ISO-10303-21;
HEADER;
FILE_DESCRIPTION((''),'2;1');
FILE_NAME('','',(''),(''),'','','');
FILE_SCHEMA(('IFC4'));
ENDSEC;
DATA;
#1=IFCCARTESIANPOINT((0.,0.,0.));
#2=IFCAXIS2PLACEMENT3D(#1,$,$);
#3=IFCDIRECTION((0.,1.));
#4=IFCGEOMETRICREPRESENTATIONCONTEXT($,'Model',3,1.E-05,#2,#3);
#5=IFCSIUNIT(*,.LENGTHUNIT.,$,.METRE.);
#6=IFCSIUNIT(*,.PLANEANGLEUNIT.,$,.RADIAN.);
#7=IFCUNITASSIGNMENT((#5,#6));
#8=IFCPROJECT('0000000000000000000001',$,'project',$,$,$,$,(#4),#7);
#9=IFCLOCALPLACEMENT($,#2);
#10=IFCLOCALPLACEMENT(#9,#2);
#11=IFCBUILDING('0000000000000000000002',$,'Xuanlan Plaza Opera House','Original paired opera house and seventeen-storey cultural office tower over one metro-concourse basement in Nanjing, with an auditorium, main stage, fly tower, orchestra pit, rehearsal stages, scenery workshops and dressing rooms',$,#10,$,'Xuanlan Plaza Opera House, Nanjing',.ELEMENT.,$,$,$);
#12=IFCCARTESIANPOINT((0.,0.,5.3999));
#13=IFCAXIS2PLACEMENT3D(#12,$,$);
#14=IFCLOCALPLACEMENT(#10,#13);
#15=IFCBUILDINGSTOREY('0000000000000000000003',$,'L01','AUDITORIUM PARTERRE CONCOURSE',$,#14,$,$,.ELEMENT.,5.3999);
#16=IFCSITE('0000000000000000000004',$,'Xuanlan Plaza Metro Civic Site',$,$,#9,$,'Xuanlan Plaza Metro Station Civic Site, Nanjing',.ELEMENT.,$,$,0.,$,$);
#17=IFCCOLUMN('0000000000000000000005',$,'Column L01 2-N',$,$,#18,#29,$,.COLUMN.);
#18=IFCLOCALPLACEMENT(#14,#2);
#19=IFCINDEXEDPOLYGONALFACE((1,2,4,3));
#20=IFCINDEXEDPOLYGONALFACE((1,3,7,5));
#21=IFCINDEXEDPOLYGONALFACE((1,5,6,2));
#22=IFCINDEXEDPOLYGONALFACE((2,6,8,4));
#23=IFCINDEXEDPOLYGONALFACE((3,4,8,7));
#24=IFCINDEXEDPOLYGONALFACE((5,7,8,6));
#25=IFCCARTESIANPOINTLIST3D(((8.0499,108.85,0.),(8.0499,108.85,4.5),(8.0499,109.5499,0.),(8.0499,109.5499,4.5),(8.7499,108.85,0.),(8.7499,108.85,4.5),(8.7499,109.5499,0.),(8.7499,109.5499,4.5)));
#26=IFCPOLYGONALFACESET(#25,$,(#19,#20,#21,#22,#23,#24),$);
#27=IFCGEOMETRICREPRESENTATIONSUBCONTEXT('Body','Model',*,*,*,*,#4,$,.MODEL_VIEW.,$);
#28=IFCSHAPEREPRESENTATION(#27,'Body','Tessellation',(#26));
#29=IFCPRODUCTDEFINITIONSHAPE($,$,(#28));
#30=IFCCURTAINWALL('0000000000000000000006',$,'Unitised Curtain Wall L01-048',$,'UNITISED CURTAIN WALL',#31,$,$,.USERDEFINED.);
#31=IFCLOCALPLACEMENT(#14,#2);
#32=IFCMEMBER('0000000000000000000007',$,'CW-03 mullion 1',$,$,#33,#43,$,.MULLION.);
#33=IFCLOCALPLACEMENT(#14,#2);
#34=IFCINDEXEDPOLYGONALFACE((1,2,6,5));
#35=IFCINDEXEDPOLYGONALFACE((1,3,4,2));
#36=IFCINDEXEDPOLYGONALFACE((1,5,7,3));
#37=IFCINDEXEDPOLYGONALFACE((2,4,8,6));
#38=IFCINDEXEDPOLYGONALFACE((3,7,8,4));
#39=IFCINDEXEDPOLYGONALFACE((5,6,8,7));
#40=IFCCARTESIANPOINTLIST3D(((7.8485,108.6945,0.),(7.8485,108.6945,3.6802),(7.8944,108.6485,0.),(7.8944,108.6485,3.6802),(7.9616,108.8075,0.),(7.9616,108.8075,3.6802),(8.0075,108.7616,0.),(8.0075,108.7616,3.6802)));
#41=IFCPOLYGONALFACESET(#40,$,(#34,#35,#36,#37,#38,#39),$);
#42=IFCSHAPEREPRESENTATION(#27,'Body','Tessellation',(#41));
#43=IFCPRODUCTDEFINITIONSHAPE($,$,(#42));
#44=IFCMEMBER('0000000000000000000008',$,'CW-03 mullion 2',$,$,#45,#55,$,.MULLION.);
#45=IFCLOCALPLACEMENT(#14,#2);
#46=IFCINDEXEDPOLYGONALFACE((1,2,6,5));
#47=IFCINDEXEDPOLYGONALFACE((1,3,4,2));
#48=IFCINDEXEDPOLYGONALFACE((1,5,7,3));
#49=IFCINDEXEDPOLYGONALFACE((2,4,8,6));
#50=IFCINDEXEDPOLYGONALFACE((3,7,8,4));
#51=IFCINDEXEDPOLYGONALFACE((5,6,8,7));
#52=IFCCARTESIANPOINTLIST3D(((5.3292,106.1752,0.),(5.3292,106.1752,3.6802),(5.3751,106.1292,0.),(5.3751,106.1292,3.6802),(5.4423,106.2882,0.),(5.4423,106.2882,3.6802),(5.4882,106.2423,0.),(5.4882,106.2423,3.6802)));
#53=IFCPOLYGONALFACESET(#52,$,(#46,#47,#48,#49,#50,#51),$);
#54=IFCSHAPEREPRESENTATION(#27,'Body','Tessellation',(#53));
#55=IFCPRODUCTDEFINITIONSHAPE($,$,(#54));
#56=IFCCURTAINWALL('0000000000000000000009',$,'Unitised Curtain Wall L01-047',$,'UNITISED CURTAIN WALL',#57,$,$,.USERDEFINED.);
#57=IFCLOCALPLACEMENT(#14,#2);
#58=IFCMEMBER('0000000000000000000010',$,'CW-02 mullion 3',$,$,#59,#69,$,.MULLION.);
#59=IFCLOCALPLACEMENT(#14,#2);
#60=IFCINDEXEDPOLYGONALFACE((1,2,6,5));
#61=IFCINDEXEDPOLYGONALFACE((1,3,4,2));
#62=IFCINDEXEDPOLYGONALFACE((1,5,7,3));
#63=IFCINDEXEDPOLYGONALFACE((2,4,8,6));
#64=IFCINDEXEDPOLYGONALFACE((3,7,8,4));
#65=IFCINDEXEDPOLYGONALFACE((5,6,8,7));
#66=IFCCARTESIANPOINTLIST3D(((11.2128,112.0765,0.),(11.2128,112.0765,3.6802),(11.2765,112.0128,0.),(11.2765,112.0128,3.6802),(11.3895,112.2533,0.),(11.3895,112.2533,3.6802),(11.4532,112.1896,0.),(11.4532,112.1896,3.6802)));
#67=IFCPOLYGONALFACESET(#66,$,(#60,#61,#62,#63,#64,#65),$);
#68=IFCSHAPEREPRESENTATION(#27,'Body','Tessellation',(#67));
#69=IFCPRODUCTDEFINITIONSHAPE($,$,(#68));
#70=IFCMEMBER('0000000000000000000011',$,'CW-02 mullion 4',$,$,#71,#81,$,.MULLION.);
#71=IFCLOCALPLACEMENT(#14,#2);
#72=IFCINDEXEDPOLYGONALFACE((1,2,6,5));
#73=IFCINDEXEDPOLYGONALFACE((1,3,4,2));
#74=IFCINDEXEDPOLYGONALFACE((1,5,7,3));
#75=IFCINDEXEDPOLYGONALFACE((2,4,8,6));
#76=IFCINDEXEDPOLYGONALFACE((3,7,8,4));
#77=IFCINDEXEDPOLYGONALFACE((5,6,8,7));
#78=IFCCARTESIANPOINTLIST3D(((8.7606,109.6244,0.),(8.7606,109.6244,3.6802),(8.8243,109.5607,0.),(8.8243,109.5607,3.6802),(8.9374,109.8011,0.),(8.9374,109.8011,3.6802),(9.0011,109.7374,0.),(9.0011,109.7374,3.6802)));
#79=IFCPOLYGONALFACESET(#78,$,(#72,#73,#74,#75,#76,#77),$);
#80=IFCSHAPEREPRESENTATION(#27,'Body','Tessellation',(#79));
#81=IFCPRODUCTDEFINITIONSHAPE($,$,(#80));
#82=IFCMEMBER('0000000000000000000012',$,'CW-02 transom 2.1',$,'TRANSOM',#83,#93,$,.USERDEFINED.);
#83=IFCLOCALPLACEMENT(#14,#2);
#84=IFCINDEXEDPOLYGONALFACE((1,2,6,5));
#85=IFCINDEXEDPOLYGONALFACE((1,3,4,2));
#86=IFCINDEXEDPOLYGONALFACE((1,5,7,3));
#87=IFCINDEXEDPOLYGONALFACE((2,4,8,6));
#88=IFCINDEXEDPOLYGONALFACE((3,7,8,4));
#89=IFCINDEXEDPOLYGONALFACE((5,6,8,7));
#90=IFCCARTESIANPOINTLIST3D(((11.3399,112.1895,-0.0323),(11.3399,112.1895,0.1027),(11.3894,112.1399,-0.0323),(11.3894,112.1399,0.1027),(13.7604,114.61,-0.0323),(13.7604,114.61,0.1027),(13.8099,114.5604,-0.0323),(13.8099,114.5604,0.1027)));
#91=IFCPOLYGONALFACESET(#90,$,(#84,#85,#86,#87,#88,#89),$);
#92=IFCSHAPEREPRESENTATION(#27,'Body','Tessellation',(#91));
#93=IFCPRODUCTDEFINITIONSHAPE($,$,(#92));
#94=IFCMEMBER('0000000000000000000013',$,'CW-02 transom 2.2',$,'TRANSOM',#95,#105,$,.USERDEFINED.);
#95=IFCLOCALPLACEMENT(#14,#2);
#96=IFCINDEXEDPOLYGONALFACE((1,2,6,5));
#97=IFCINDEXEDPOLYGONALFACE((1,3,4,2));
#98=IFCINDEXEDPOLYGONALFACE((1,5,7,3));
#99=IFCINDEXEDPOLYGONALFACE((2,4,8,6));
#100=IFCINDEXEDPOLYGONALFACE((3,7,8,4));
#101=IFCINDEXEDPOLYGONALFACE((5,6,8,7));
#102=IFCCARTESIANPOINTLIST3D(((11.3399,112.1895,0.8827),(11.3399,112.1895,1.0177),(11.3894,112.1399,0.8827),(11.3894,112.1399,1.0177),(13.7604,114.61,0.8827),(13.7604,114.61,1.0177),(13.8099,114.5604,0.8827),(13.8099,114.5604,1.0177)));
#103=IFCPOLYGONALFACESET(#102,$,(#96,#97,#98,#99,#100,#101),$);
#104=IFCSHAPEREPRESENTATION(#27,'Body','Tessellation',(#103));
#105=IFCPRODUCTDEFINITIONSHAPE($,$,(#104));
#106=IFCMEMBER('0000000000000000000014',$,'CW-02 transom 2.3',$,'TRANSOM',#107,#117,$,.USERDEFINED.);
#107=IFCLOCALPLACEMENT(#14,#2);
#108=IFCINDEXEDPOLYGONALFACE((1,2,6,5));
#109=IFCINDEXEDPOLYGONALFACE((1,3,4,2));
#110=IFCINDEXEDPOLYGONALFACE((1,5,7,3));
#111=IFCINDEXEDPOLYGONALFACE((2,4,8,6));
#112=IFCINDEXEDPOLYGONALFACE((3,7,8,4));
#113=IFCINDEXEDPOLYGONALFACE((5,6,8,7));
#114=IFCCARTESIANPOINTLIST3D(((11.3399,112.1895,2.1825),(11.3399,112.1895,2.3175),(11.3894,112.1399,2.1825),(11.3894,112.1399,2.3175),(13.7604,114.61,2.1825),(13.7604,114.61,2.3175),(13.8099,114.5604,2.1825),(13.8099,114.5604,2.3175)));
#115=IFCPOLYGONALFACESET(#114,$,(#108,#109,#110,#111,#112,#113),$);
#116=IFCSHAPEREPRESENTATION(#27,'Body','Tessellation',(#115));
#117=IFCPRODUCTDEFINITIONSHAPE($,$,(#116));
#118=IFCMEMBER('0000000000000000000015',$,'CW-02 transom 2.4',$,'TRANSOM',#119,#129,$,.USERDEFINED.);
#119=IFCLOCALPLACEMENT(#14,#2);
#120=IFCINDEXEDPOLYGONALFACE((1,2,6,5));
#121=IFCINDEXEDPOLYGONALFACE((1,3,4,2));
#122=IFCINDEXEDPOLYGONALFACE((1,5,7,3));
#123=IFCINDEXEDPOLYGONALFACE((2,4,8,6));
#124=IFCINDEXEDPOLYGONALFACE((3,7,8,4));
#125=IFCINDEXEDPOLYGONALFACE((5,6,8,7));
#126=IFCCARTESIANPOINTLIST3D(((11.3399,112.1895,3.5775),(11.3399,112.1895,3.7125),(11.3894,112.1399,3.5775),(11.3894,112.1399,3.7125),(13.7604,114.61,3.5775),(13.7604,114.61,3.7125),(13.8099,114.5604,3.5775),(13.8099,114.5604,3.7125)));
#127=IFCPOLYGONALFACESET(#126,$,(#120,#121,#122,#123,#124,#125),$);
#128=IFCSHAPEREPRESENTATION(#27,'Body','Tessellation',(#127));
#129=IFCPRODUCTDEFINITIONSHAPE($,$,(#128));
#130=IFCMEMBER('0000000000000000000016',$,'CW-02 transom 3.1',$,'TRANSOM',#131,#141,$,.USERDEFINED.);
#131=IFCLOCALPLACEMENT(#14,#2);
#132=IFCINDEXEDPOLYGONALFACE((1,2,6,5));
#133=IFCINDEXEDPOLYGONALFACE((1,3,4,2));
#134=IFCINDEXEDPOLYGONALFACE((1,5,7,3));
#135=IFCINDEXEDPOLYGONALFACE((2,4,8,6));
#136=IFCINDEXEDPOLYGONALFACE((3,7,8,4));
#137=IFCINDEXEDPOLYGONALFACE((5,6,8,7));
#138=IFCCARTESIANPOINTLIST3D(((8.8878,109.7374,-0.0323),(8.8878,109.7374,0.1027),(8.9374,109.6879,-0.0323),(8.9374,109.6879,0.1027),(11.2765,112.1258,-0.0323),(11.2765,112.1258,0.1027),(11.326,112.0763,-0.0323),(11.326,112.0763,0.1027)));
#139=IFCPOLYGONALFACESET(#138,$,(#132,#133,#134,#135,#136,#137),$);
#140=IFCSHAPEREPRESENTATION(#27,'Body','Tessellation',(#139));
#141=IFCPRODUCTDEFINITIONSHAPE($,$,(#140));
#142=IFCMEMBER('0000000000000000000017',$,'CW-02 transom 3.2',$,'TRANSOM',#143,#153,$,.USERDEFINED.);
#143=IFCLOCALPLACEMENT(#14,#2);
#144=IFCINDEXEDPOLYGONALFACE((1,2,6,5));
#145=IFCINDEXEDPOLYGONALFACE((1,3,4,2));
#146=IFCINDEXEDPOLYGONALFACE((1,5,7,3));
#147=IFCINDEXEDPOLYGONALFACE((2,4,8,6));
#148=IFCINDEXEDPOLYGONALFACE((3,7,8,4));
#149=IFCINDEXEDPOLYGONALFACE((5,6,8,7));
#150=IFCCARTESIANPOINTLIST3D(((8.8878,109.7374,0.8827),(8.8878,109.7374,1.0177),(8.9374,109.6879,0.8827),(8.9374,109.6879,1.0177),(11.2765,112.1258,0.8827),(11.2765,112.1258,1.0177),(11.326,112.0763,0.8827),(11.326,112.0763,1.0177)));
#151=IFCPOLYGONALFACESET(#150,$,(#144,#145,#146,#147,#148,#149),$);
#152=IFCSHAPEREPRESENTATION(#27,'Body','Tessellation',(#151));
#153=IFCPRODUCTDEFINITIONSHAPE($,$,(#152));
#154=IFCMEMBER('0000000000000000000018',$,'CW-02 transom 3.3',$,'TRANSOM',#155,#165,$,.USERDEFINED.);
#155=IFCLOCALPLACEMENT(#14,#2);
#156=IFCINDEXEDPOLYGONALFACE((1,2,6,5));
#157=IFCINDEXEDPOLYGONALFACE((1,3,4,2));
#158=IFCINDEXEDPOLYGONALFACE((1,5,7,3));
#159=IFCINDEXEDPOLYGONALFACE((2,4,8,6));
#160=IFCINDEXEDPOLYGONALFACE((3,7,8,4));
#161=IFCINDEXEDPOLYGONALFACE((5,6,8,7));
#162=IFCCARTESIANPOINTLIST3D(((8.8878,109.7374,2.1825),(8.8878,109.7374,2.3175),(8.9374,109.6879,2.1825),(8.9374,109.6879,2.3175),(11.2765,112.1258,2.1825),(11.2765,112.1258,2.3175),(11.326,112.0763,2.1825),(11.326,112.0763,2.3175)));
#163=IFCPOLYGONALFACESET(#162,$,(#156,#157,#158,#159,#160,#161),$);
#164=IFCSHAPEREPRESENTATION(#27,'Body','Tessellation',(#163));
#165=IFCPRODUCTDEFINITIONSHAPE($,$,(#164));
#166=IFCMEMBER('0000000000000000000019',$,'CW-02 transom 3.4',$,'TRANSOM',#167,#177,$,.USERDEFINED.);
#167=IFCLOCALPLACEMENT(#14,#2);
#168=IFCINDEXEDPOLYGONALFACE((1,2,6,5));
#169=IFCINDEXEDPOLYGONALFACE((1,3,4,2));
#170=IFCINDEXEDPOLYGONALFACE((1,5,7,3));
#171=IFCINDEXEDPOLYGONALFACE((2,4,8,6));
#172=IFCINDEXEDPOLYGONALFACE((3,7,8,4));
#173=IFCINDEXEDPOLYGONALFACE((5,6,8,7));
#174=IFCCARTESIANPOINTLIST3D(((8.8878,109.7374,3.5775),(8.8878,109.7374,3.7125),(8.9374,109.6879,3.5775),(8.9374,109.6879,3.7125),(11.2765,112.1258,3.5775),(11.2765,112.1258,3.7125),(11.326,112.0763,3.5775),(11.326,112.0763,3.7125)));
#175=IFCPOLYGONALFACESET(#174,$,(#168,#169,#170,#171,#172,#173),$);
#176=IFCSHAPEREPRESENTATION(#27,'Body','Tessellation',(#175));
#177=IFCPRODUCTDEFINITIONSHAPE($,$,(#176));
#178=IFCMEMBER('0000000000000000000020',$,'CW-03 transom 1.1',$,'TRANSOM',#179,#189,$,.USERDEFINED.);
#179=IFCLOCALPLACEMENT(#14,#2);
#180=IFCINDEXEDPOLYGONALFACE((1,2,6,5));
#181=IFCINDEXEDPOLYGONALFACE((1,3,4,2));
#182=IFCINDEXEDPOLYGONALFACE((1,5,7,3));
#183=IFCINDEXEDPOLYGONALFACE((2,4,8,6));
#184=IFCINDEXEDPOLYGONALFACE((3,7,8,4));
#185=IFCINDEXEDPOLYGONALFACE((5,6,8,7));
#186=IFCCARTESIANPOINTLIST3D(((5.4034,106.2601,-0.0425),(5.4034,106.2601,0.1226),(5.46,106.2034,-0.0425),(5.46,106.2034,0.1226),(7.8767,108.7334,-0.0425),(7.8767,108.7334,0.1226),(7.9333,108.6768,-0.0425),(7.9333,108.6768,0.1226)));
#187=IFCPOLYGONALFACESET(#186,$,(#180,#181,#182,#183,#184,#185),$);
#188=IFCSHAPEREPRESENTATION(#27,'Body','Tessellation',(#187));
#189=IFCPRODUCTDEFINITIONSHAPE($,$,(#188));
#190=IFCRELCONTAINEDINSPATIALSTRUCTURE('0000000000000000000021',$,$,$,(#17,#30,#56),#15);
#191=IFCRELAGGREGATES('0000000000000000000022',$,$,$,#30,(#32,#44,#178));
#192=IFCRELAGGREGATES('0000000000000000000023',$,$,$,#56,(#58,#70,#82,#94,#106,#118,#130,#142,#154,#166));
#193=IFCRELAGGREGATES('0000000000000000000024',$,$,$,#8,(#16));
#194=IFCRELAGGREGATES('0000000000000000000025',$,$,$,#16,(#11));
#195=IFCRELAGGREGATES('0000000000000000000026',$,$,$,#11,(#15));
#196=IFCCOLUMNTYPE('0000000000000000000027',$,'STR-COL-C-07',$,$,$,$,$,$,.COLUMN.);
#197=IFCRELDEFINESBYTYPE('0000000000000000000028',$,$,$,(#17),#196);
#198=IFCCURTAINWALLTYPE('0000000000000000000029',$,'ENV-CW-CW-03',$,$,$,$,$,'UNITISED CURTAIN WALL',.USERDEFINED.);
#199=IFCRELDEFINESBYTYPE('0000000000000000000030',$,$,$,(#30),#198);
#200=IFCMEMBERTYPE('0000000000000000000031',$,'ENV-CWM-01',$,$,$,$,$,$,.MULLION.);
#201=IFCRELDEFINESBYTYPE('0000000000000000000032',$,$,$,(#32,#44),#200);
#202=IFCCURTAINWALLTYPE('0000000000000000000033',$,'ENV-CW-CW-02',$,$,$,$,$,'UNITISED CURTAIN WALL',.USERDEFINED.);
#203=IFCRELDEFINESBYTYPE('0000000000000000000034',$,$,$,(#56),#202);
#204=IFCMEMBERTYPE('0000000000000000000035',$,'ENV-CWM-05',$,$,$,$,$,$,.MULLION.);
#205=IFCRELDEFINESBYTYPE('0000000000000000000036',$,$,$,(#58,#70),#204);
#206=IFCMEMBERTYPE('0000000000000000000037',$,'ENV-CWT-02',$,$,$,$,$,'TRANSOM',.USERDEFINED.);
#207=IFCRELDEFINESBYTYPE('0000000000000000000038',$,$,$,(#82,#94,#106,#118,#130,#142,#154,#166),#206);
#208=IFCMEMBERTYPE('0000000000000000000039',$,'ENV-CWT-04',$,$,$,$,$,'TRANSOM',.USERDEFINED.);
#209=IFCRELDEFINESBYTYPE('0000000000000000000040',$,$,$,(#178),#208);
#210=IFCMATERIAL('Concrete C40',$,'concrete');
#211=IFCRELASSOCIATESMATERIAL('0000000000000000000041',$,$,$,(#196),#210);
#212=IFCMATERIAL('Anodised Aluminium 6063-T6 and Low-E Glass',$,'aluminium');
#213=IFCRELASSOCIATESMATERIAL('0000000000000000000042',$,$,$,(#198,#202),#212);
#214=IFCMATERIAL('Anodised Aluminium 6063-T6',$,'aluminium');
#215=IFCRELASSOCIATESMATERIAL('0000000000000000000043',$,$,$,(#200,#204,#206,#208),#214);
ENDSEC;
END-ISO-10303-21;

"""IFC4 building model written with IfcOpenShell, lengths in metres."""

from ifc_helpers import new_model, si_unit, direction, frame, origin, origin_2d, place, context, subcontext, project, spatial, rectangle, extrude, material, material_profile, profile_set, type_object, element, aggregate, save


model = new_model("IFC4")

# Units and contexts
model_context = context("Model", 3, precision=1e-05, world=origin(), true_north=direction((0.0, 1.0)))
body_context = subcontext(model_context, "Body", "Model", "MODEL_VIEW")
ifc_project = project(units=[si_unit("LENGTHUNIT", "METRE"), si_unit("PLANEANGLEUNIT", "RADIAN")], contexts=[model_context])

# Site, building, storey
site_placement = place(None, origin())
site = spatial("IfcSite", under=ifc_project, at=site_placement, Name="Xuanlan Plaza Metro Civic Site", LongName="Xuanlan Plaza Metro Station Civic Site, Nanjing", CompositionType="ELEMENT", RefElevation=0.0)
building_placement = place(site_placement, origin())
building = spatial("IfcBuilding", under=site, at=building_placement, Name="Xuanlan Plaza Opera House", Description="Original paired opera house and seventeen-storey cultural office tower over one metro-concourse basement in Nanjing, with an auditorium, main stage, fly tower, orchestra pit, rehearsal stages, scenery workshops and dressing rooms", LongName="Xuanlan Plaza Opera House, Nanjing", CompositionType="ELEMENT")
storey_placement = place(building_placement, frame((0.0, 0.0, 5.3999)))
storey = spatial("IfcBuildingStorey", under=building, at=storey_placement, Name="L01", Description="AUDITORIUM PARTERRE CONCOURSE", CompositionType="ELEMENT", Elevation=5.3999)

# Column
ifc_material_1 = material(Name="Concrete C40", Category="concrete")
ifc_material_profile_1 = material_profile(ifc_material_1, rectangle(XDim=0.7, YDim=0.7, at=origin_2d()), Name="RC-COL 700x700")
ifc_profile_set_1 = profile_set([ifc_material_profile_1], Name="Concrete C40")
column_type = type_object("IfcColumnType", Name="STR-COL-C-07", PredefinedType="COLUMN", material=ifc_profile_set_1)
column_placement = place(storey_placement, frame((8.3999, 109.2, 0.0), z_axis=(0.0, 0.0, 1.0), x_axis=(1.0, 0.0, 0.0)))
element("IfcColumn", 1, at=column_placement, inside=storey, type_object=column_type, Name="Column L01 2-N", PredefinedType="COLUMN", context=body_context, shape_type="SweptSolid", body=[
    extrude(rectangle(XDim=0.7, YDim=0.7, at=origin_2d()), origin(), (0.0, 0.0, 1.0), 4.5),
])

# Curtain walls, members
ifc_material_2 = material(Name="Anodised Aluminium 6063-T6 and Low-E Glass", Category="aluminium")
curtain_wall_type_1 = type_object("IfcCurtainWallType", Name="ENV-CW-CW-03", ElementType="UNITISED CURTAIN WALL", PredefinedType="USERDEFINED", material=ifc_material_2)
curtain_wall_1_placement = place(storey_placement, origin())
curtain_wall_1 = element("IfcCurtainWall", 2, at=curtain_wall_1_placement, inside=storey, type_object=curtain_wall_type_1, Name="Unitised Curtain Wall L01-048", ObjectType="UNITISED CURTAIN WALL", PredefinedType="USERDEFINED")
ifc_material_3 = material(Name="Anodised Aluminium 6063-T6", Category="aluminium")
ifc_material_profile_2 = material_profile(ifc_material_3, rectangle(XDim=0.0649, YDim=0.1599, at=origin_2d()), Name="ALU-M 65x160")
ifc_profile_set_2 = profile_set([ifc_material_profile_2], Name="Anodised Aluminium 6063-T6")
member_type_1 = type_object("IfcMemberType", Name="ENV-CWM-01", PredefinedType="MULLION", material=ifc_profile_set_2)
member_1_placement = place(storey_placement, frame((7.928, 108.728, 0.0), z_axis=(0.0, 0.0, 1.0), x_axis=(0.707107, -0.707107, 0.0)))
member_1 = element("IfcMember", 3, at=member_1_placement, type_object=member_type_1, Name="CW-03 mullion 1", PredefinedType="MULLION", context=body_context, shape_type="SweptSolid", body=[
    extrude(rectangle(XDim=0.0649, YDim=0.1599, at=origin_2d()), origin(), (0.0, 0.0, 1.0), 3.6802),
])
member_2_placement = place(storey_placement, frame((5.4087, 106.2087, 0.0), z_axis=(0.0, 0.0, 1.0), x_axis=(0.707107, -0.707107, 0.0)))
member_2 = element("IfcMember", 4, at=member_2_placement, type_object=member_type_1, Name="CW-03 mullion 2", PredefinedType="MULLION", context=body_context, shape_type="SweptSolid", body=[
    extrude(rectangle(XDim=0.0649, YDim=0.1599, at=origin_2d()), origin(), (0.0, 0.0, 1.0), 3.6802),
])
curtain_wall_type_2 = type_object("IfcCurtainWallType", Name="ENV-CW-CW-02", ElementType="UNITISED CURTAIN WALL", PredefinedType="USERDEFINED", material=ifc_material_2)
curtain_wall_2_placement = place(storey_placement, origin())
curtain_wall_2 = element("IfcCurtainWall", 5, at=curtain_wall_2_placement, inside=storey, type_object=curtain_wall_type_2, Name="Unitised Curtain Wall L01-047", ObjectType="UNITISED CURTAIN WALL", PredefinedType="USERDEFINED")
ifc_material_profile_3 = material_profile(ifc_material_3, rectangle(XDim=0.0901, YDim=0.25, at=origin_2d()), Name="ALU-M 90x250")
ifc_profile_set_3 = profile_set([ifc_material_profile_3], Name="Anodised Aluminium 6063-T6")
member_type_2 = type_object("IfcMemberType", Name="ENV-CWM-05", PredefinedType="MULLION", material=ifc_profile_set_3)
member_3_placement = place(storey_placement, frame((11.333, 112.1331, 0.0), z_axis=(0.0, 0.0, 1.0), x_axis=(0.707107, -0.707107, 0.0)))
member_3 = element("IfcMember", 6, at=member_3_placement, type_object=member_type_2, Name="CW-02 mullion 3", PredefinedType="MULLION", context=body_context, shape_type="SweptSolid", body=[
    extrude(rectangle(XDim=0.0901, YDim=0.25, at=origin_2d()), origin(), (0.0, 0.0, 1.0), 3.6802),
])
member_4_placement = place(storey_placement, frame((8.8809, 109.6809, 0.0), z_axis=(0.0, 0.0, 1.0), x_axis=(0.707107, -0.707107, 0.0)))
member_4 = element("IfcMember", 7, at=member_4_placement, type_object=member_type_2, Name="CW-02 mullion 4", PredefinedType="MULLION", context=body_context, shape_type="SweptSolid", body=[
    extrude(rectangle(XDim=0.0901, YDim=0.25, at=origin_2d()), origin(), (0.0, 0.0, 1.0), 3.6802),
])
ifc_material_profile_4 = material_profile(ifc_material_3, rectangle(XDim=0.0701, YDim=0.135, at=origin_2d()), Name="ALU-T 70x135")
ifc_profile_set_4 = profile_set([ifc_material_profile_4], Name="Anodised Aluminium 6063-T6")
member_type_3 = type_object("IfcMemberType", Name="ENV-CWT-02", ElementType="TRANSOM", PredefinedType="USERDEFINED", material=ifc_profile_set_4)
member_5_placement = place(storey_placement, frame((13.7852, 114.5852, 0.0352), z_axis=(-0.707107, -0.707107, 0.0), x_axis=(0.707107, -0.707107, 0.0)))
member_5 = element("IfcMember", 8, at=member_5_placement, type_object=member_type_3, Name="CW-02 transom 2.1", ObjectType="TRANSOM", PredefinedType="USERDEFINED", context=body_context, shape_type="SweptSolid", body=[
    extrude(rectangle(XDim=0.0701, YDim=0.135, at=origin_2d()), origin(), (0.0, 0.0, 1.0), 3.4231),
])
member_6_placement = place(storey_placement, frame((13.7852, 114.5852, 0.9502), z_axis=(-0.707107, -0.707107, 0.0), x_axis=(0.707107, -0.707107, 0.0)))
member_6 = element("IfcMember", 9, at=member_6_placement, type_object=member_type_3, Name="CW-02 transom 2.2", ObjectType="TRANSOM", PredefinedType="USERDEFINED", context=body_context, shape_type="SweptSolid", body=[
    extrude(rectangle(XDim=0.0701, YDim=0.135, at=origin_2d()), origin(), (0.0, 0.0, 1.0), 3.4231),
])
member_7_placement = place(storey_placement, frame((13.7852, 114.5852, 2.25), z_axis=(-0.707107, -0.707107, 0.0), x_axis=(0.707107, -0.707107, 0.0)))
member_7 = element("IfcMember", 10, at=member_7_placement, type_object=member_type_3, Name="CW-02 transom 2.3", ObjectType="TRANSOM", PredefinedType="USERDEFINED", context=body_context, shape_type="SweptSolid", body=[
    extrude(rectangle(XDim=0.0701, YDim=0.135, at=origin_2d()), origin(), (0.0, 0.0, 1.0), 3.4231),
])
member_8_placement = place(storey_placement, frame((13.7852, 114.5852, 3.645), z_axis=(-0.707107, -0.707107, 0.0), x_axis=(0.707107, -0.707107, 0.0)))
member_8 = element("IfcMember", 11, at=member_8_placement, type_object=member_type_3, Name="CW-02 transom 2.4", ObjectType="TRANSOM", PredefinedType="USERDEFINED", context=body_context, shape_type="SweptSolid", body=[
    extrude(rectangle(XDim=0.0701, YDim=0.135, at=origin_2d()), origin(), (0.0, 0.0, 1.0), 3.4231),
])
member_9_placement = place(storey_placement, frame((11.3013, 112.1011, 0.0352), z_axis=(-0.707143, -0.707071, 0.0), x_axis=(0.707071, -0.707143, 0.0)))
member_9 = element("IfcMember", 12, at=member_9_placement, type_object=member_type_3, Name="CW-02 transom 3.1", ObjectType="TRANSOM", PredefinedType="USERDEFINED", context=body_context, shape_type="SweptSolid", body=[
    extrude(rectangle(XDim=0.0701, YDim=0.135, at=origin_2d()), origin(), (0.0, 0.0, 1.0), 3.3779),
])
member_10_placement = place(storey_placement, frame((11.3013, 112.1011, 0.9502), z_axis=(-0.707143, -0.707071, 0.0), x_axis=(0.707071, -0.707143, 0.0)))
member_10 = element("IfcMember", 13, at=member_10_placement, type_object=member_type_3, Name="CW-02 transom 3.2", ObjectType="TRANSOM", PredefinedType="USERDEFINED", context=body_context, shape_type="SweptSolid", body=[
    extrude(rectangle(XDim=0.0701, YDim=0.135, at=origin_2d()), origin(), (0.0, 0.0, 1.0), 3.3779),
])
member_11_placement = place(storey_placement, frame((11.3013, 112.1011, 2.25), z_axis=(-0.707143, -0.707071, 0.0), x_axis=(0.707071, -0.707143, 0.0)))
member_11 = element("IfcMember", 14, at=member_11_placement, type_object=member_type_3, Name="CW-02 transom 3.3", ObjectType="TRANSOM", PredefinedType="USERDEFINED", context=body_context, shape_type="SweptSolid", body=[
    extrude(rectangle(XDim=0.0701, YDim=0.135, at=origin_2d()), origin(), (0.0, 0.0, 1.0), 3.3779),
])
member_12_placement = place(storey_placement, frame((11.3013, 112.1011, 3.645), z_axis=(-0.707143, -0.707071, 0.0), x_axis=(0.707071, -0.707143, 0.0)))
member_12 = element("IfcMember", 15, at=member_12_placement, type_object=member_type_3, Name="CW-02 transom 3.4", ObjectType="TRANSOM", PredefinedType="USERDEFINED", context=body_context, shape_type="SweptSolid", body=[
    extrude(rectangle(XDim=0.0701, YDim=0.135, at=origin_2d()), origin(), (0.0, 0.0, 1.0), 3.3779),
])

# Member
ifc_material_profile_5 = material_profile(ifc_material_3, rectangle(XDim=0.0801, YDim=0.165, at=origin_2d()), Name="ALU-T 80x165")
ifc_profile_set_5 = profile_set([ifc_material_profile_5], Name="Anodised Aluminium 6063-T6")
member_type_4 = type_object("IfcMemberType", Name="ENV-CWT-04", ElementType="TRANSOM", PredefinedType="USERDEFINED", material=ifc_profile_set_5)
member_13_placement = place(storey_placement, frame((7.905, 108.7051, 0.04), z_axis=(-0.707107, -0.707107, 0.0), x_axis=(0.707107, -0.707107, 0.0)))
member_13 = element("IfcMember", 16, at=member_13_placement, type_object=member_type_4, Name="CW-03 transom 1.1", ObjectType="TRANSOM", PredefinedType="USERDEFINED", context=body_context, shape_type="SweptSolid", body=[
    extrude(rectangle(XDim=0.0801, YDim=0.165, at=origin_2d()), origin(), (0.0, 0.0, 1.0), 3.4978),
])

aggregate(curtain_wall_1, [member_1, member_2, member_13])
aggregate(curtain_wall_2, [member_3, member_4, member_5, member_6, member_7, member_8, member_9, member_10, member_11, member_12])

save(model, "model.ifc")
